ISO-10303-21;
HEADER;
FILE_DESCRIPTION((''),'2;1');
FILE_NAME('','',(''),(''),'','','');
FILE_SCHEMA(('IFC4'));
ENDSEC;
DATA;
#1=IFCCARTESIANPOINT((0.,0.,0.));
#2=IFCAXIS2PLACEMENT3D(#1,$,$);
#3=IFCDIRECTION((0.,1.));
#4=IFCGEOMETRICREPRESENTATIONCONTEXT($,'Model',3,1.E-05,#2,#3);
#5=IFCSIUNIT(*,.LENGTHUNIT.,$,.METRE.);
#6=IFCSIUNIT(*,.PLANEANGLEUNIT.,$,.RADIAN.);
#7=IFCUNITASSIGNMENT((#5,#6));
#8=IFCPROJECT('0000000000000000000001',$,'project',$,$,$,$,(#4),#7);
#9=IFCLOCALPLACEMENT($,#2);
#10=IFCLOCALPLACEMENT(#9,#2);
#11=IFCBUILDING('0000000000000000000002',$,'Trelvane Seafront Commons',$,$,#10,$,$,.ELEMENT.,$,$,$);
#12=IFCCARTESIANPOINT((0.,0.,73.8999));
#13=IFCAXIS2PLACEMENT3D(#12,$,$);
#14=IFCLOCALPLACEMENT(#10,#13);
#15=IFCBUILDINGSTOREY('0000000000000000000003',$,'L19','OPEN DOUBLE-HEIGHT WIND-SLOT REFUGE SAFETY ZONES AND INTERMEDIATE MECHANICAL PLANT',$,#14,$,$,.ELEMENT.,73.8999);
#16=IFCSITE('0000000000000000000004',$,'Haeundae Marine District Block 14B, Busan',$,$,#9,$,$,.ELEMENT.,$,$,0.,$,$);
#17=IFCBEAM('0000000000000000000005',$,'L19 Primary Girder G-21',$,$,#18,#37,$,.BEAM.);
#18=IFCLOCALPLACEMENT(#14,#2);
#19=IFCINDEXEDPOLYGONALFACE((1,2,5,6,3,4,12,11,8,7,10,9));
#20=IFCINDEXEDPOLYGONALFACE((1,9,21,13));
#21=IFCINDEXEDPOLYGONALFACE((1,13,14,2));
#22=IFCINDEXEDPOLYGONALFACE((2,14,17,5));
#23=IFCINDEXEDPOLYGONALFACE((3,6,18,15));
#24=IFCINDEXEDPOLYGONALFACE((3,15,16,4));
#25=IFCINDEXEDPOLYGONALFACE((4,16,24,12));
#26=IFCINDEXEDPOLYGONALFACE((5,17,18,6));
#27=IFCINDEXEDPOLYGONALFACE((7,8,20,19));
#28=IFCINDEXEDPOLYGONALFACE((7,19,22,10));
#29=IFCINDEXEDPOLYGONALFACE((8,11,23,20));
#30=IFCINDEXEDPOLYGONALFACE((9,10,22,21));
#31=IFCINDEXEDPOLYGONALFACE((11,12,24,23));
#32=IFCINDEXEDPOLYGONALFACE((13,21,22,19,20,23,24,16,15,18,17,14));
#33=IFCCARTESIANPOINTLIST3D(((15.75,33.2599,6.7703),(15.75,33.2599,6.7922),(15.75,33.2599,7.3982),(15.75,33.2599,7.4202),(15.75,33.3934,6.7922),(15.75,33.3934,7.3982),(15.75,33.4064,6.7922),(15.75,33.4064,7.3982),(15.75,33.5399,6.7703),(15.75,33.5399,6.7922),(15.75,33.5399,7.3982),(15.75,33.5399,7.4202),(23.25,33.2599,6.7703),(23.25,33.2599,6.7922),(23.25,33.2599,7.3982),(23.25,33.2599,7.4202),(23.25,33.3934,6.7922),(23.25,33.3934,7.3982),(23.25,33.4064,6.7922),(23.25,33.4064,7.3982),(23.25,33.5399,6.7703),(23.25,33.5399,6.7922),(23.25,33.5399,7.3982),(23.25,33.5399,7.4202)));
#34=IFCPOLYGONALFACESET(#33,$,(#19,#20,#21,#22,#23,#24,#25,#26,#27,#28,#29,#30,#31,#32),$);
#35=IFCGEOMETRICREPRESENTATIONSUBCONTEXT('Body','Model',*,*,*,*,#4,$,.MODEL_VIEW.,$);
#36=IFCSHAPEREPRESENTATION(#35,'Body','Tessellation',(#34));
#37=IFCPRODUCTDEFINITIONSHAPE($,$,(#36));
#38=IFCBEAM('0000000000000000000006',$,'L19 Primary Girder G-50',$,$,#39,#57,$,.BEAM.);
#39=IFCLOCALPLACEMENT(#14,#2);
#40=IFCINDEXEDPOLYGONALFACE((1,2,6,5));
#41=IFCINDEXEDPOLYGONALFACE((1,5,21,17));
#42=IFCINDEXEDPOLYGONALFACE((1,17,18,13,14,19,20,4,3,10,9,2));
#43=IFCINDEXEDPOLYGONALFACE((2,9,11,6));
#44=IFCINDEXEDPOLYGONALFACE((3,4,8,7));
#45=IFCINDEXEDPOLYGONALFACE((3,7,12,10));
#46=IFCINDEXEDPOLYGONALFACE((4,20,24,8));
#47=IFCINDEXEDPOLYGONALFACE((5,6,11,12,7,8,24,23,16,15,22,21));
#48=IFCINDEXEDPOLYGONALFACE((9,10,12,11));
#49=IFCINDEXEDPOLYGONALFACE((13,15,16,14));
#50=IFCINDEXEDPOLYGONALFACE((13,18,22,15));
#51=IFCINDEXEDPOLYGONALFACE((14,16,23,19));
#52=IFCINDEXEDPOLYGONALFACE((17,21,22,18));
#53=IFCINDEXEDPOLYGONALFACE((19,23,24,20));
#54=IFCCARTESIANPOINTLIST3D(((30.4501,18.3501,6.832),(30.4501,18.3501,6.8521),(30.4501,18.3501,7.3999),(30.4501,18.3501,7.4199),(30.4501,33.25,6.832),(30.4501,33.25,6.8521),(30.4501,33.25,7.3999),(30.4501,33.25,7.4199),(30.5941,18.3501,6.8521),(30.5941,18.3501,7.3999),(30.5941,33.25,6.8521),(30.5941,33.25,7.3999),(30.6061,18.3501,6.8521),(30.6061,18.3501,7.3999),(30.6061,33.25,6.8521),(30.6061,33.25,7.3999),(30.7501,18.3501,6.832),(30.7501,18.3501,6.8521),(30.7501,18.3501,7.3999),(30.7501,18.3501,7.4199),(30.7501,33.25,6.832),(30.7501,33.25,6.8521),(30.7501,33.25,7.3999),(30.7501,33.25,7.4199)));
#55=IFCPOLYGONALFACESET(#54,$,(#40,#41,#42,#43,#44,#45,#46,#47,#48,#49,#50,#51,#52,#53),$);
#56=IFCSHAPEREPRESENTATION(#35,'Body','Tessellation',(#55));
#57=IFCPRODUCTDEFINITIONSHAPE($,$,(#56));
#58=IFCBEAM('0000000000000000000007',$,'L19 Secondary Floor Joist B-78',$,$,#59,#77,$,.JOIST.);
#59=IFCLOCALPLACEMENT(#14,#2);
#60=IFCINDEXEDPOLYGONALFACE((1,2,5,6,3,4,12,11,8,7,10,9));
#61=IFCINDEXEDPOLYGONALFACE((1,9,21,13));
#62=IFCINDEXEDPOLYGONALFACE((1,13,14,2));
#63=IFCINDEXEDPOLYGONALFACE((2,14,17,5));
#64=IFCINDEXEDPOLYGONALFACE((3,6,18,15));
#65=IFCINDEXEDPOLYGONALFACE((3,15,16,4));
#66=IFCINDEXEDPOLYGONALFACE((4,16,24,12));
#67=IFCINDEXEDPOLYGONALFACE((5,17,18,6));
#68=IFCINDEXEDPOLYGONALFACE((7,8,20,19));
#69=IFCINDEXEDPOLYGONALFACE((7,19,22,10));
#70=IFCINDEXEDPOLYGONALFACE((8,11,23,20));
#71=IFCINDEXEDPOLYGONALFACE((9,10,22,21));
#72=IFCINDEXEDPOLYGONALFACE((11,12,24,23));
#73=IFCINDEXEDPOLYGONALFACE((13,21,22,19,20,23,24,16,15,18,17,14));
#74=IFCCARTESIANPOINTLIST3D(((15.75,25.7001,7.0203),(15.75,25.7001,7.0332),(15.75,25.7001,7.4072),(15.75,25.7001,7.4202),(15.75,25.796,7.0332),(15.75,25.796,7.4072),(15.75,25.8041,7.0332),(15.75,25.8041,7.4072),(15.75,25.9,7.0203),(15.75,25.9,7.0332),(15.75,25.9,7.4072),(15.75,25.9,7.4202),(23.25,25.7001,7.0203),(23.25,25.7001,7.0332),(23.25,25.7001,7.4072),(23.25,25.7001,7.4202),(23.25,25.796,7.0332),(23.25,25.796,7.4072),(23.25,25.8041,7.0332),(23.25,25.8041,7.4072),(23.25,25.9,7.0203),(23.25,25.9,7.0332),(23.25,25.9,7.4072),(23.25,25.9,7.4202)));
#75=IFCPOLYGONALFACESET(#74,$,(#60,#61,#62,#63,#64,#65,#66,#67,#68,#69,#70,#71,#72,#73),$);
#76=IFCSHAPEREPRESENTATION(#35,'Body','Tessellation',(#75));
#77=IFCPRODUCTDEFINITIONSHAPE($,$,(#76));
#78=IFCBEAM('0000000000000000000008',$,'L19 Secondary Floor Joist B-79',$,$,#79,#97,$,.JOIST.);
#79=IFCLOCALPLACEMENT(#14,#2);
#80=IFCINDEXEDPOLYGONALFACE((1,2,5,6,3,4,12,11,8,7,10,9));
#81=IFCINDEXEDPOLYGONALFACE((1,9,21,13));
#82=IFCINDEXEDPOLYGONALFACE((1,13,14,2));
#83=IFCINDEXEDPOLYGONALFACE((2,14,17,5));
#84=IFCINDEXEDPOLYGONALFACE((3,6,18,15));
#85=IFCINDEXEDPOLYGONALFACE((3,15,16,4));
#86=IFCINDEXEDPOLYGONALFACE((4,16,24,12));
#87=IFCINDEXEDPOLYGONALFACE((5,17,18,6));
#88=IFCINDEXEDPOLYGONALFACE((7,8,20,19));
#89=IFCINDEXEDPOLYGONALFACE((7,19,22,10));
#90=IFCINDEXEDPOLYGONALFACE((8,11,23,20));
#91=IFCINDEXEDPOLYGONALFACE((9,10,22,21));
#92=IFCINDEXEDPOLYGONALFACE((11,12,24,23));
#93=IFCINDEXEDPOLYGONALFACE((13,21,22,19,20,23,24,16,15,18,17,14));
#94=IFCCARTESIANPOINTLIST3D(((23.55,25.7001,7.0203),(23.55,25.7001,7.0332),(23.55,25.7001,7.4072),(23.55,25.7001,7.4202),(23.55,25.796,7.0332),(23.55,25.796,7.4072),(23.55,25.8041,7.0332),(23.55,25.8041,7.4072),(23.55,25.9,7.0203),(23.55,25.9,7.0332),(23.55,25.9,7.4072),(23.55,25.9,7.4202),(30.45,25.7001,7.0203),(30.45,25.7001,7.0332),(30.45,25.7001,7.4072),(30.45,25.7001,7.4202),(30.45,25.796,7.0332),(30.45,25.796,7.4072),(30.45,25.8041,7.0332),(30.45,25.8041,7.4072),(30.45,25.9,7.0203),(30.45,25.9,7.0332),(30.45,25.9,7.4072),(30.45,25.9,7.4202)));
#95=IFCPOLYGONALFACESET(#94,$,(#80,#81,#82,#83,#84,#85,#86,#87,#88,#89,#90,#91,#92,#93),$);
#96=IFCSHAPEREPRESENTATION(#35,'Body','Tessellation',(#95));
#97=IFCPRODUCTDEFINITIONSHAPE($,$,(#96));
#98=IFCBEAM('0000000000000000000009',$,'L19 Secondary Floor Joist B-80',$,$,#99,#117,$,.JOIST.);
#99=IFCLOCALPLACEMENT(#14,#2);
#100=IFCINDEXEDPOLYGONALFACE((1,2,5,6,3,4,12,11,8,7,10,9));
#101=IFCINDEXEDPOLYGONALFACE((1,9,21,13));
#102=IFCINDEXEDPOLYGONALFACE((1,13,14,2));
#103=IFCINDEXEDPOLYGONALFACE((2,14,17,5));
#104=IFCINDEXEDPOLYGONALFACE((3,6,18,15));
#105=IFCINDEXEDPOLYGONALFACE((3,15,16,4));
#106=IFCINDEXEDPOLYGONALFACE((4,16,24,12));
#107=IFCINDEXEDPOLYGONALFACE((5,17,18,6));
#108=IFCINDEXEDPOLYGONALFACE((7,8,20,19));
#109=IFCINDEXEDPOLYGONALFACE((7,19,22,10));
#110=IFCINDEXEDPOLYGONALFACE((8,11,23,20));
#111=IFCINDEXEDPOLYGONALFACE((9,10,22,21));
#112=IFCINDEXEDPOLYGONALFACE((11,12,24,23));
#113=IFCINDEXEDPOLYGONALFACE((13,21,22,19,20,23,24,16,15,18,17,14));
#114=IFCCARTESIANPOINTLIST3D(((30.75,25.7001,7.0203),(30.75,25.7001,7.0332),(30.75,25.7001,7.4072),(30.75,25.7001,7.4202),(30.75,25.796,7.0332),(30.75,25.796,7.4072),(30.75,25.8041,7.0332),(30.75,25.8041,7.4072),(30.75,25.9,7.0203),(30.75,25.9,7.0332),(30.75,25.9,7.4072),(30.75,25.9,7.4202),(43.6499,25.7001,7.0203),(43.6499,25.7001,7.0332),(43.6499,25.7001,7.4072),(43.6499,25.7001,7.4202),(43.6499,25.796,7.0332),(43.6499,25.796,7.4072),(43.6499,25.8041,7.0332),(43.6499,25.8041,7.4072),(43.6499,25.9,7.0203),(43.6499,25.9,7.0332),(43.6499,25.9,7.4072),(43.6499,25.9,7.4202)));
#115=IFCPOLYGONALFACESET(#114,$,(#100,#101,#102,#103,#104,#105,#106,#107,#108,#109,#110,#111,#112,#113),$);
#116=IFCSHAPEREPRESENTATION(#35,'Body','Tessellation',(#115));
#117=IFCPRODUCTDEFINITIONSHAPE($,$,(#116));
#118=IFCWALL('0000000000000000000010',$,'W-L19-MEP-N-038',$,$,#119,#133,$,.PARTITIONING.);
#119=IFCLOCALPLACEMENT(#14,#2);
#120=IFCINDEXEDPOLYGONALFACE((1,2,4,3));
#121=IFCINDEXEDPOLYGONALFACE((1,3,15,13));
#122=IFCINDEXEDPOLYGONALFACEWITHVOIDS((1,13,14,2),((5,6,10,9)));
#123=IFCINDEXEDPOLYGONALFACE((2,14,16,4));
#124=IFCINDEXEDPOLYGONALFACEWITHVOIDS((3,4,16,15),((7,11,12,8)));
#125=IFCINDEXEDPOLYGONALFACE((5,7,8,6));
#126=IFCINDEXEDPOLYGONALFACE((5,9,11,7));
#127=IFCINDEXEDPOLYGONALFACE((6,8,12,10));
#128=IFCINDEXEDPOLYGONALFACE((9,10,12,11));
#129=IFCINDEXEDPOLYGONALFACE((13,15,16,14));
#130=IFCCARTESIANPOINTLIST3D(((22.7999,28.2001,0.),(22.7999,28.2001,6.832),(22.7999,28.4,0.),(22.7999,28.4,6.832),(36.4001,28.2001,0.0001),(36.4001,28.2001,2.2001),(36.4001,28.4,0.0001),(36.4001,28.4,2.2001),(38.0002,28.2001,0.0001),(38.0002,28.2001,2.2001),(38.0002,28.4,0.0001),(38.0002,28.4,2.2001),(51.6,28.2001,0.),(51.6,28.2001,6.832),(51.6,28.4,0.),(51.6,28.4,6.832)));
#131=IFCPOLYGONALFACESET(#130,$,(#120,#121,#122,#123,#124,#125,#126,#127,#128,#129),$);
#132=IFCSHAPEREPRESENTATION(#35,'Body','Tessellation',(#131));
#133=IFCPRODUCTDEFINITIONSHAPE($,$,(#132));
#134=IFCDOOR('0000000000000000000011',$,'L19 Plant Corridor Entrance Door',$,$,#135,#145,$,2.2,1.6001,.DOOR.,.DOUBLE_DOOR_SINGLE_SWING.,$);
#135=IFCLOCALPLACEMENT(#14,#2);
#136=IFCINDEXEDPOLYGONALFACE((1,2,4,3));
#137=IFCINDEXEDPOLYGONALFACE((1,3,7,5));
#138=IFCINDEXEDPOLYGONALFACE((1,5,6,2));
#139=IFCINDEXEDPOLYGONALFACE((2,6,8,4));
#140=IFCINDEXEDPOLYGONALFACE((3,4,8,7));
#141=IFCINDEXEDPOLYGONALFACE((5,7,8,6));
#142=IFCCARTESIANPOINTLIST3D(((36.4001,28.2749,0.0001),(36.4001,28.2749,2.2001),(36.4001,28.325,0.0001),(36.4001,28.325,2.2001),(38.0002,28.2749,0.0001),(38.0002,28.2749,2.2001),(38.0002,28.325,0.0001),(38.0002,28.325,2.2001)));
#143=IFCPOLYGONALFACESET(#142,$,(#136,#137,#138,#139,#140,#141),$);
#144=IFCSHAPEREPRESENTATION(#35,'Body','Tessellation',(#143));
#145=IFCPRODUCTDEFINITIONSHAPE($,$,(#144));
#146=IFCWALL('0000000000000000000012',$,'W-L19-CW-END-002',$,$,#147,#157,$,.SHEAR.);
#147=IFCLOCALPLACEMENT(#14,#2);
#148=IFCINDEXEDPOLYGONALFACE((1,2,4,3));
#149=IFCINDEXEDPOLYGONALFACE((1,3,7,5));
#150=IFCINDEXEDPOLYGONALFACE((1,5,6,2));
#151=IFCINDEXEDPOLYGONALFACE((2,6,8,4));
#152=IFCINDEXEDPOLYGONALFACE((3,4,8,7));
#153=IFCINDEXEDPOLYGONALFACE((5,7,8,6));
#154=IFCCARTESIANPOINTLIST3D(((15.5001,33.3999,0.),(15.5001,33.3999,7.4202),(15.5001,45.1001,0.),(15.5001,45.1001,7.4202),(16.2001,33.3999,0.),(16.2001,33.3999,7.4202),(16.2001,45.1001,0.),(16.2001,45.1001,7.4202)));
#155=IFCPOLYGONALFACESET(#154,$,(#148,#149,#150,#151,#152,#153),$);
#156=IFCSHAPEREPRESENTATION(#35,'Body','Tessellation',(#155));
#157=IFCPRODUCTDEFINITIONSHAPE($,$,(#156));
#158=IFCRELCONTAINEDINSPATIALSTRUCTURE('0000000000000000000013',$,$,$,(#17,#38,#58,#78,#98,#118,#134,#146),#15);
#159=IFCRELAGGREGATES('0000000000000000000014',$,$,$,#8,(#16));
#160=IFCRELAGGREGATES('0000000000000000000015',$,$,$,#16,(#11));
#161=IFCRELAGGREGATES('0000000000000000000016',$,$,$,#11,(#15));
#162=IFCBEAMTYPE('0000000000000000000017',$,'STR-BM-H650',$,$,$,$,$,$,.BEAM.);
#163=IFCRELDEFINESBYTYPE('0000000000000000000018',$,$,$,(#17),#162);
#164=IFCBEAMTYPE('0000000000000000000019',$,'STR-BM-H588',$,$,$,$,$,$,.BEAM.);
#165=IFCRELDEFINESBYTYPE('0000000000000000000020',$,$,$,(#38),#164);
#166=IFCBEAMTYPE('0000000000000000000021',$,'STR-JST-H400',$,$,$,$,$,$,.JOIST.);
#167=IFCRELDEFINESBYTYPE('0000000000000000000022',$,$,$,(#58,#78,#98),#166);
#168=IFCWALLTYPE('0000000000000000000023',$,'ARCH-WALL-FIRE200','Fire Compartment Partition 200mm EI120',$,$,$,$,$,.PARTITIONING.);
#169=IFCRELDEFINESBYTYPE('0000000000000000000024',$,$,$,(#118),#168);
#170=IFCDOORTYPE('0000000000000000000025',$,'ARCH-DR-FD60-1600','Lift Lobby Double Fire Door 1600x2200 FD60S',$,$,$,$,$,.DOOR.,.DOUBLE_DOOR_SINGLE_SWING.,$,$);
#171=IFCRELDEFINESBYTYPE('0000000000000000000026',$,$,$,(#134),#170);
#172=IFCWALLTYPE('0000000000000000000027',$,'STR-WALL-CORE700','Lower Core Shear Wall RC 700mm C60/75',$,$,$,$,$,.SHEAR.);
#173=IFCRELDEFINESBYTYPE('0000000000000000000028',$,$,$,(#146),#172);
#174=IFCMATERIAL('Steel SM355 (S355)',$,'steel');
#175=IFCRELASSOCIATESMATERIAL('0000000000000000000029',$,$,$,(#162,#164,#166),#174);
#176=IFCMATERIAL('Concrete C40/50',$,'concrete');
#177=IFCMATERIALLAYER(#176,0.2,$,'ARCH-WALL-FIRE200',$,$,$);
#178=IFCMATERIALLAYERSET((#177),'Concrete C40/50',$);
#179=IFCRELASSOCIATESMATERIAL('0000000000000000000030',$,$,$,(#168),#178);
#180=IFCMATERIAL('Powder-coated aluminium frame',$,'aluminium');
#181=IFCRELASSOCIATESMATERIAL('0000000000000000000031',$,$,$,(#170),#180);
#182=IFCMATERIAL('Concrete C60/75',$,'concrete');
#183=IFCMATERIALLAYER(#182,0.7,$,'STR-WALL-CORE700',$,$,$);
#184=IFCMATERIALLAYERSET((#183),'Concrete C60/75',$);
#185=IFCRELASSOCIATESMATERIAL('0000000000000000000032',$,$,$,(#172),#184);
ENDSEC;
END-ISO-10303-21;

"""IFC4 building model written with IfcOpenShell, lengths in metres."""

from ifc_helpers import new_model, si_unit, direction, frame, frame_2d, origin, origin_2d, place, context, subcontext, project, spatial, rectangle, i_section, extrude, source, transform, mapped, material, layer, layer_set, material_profile, profile_set, type_object, element, fill, save


model = new_model("IFC4")

# Units and contexts
model_context = context("Model", 3, precision=1e-05, world=origin(), true_north=direction((0.0, 1.0)))
body_context = subcontext(model_context, "Body", "Model", "MODEL_VIEW")
ifc_project = project(units=[si_unit("LENGTHUNIT", "METRE"), si_unit("PLANEANGLEUNIT", "RADIAN")], contexts=[model_context])

# Site, building, storey
site_placement = place(None, origin())
site = spatial("IfcSite", under=ifc_project, at=site_placement, Name="Haeundae Marine District Block 14B, Busan", CompositionType="ELEMENT", RefElevation=0.0)
building_placement = place(site_placement, origin())
building = spatial("IfcBuilding", under=site, at=building_placement, Name="Trelvane Seafront Commons", CompositionType="ELEMENT")
storey_placement = place(building_placement, frame((0.0, 0.0, 73.8999)))
storey = spatial("IfcBuildingStorey", under=building, at=storey_placement, Name="L19", Description="OPEN DOUBLE-HEIGHT WIND-SLOT REFUGE SAFETY ZONES AND INTERMEDIATE MECHANICAL PLANT", CompositionType="ELEMENT", Elevation=73.8999)

# Beams
ifc_material_1 = material(Name="Steel SM355 (S355)", Category="steel")
ifc_material_profile_1 = material_profile(ifc_material_1, i_section(OverallWidth=0.28, OverallDepth=0.6499, WebThickness=0.0129, FlangeThickness=0.022, at=origin_2d()), Name="H-650x280x13x22")
ifc_profile_set_1 = profile_set([ifc_material_profile_1], Name="Steel SM355 (S355)")
beam_type_1 = type_object("IfcBeamType", Name="STR-BM-H650", PredefinedType="BEAM", material=ifc_profile_set_1)
shared_shape_1 = source(origin(), body_context, "Body", "SweptSolid", [
    extrude(i_section(OverallWidth=0.28, OverallDepth=0.6499, WebThickness=0.0129, FlangeThickness=0.022, at=origin_2d()), origin(), (0.0, 0.0, 1.0), 7.5),
])
beam_1_placement = place(storey_placement, frame((15.75, 33.3999, 7.0952), z_axis=(1.0, 0.0, 0.0), x_axis=(0.0, 1.0, 0.0)))
element("IfcBeam", 1, at=beam_1_placement, inside=storey, type_object=beam_type_1, Name="L19 Primary Girder G-21", PredefinedType="BEAM", context=body_context, shape_type="MappedRepresentation", body=[
    mapped(shared_shape_1, transform((0.0, 0.0, 0.0), x_axis=(1.0, 0.0, 0.0), y_axis=(0.0, 1.0, 0.0), z_axis=(0.0, 0.0, 1.0), scale=1.0)),
])
ifc_material_profile_2 = material_profile(ifc_material_1, i_section(OverallWidth=0.3, OverallDepth=0.5879, WebThickness=0.012, FlangeThickness=0.02, at=origin_2d()), Name="H-588x300x12x20")
ifc_profile_set_2 = profile_set([ifc_material_profile_2], Name="Steel SM355 (S355)")
beam_type_2 = type_object("IfcBeamType", Name="STR-BM-H588", PredefinedType="BEAM", material=ifc_profile_set_2)
shared_shape_2 = source(origin(), body_context, "Body", "SweptSolid", [
    extrude(i_section(OverallWidth=0.3, OverallDepth=0.5879, WebThickness=0.012, FlangeThickness=0.02, at=origin_2d()), origin(), (0.0, 0.0, 1.0), 14.8999),
])
beam_2_placement = place(storey_placement, frame((30.6001, 18.3501, 7.126), z_axis=(0.0, 1.0, 0.0), x_axis=(-1.0, 0.0, 0.0)))
element("IfcBeam", 2, at=beam_2_placement, inside=storey, type_object=beam_type_2, Name="L19 Primary Girder G-50", PredefinedType="BEAM", context=body_context, shape_type="MappedRepresentation", body=[
    mapped(shared_shape_2, transform((0.0, 0.0, 0.0), x_axis=(1.0, 0.0, 0.0), y_axis=(0.0, 1.0, 0.0), z_axis=(0.0, 0.0, 1.0), scale=1.0)),
])
ifc_material_profile_3 = material_profile(ifc_material_1, i_section(OverallWidth=0.2, OverallDepth=0.3999, WebThickness=0.0081, FlangeThickness=0.0129, at=origin_2d()), Name="H-400x200x8x13")
ifc_profile_set_3 = profile_set([ifc_material_profile_3], Name="Steel SM355 (S355)")
beam_type_3 = type_object("IfcBeamType", Name="STR-JST-H400", PredefinedType="JOIST", material=ifc_profile_set_3)
shared_shape_3 = source(origin(), body_context, "Body", "SweptSolid", [
    extrude(i_section(OverallWidth=0.2, OverallDepth=0.3999, WebThickness=0.0081, FlangeThickness=0.0129, at=origin_2d()), origin(), (0.0, 0.0, 1.0), 7.5),
])
beam_3_placement = place(storey_placement, frame((15.75, 25.8, 7.2202), z_axis=(1.0, 0.0, 0.0), x_axis=(0.0, 1.0, 0.0)))
element("IfcBeam", 3, at=beam_3_placement, inside=storey, type_object=beam_type_3, Name="L19 Secondary Floor Joist B-78", PredefinedType="JOIST", context=body_context, shape_type="MappedRepresentation", body=[
    mapped(shared_shape_3, transform((0.0, 0.0, 0.0), x_axis=(1.0, 0.0, 0.0), y_axis=(0.0, 1.0, 0.0), z_axis=(0.0, 0.0, 1.0), scale=1.0)),
])
shared_shape_4 = source(origin(), body_context, "Body", "SweptSolid", [
    extrude(i_section(OverallWidth=0.2, OverallDepth=0.3999, WebThickness=0.0081, FlangeThickness=0.0129, at=origin_2d()), origin(), (0.0, 0.0, 1.0), 6.8999),
])
beam_4_placement = place(storey_placement, frame((23.55, 25.8, 7.2202), z_axis=(1.0, 0.0, 0.0), x_axis=(0.0, 1.0, 0.0)))
element("IfcBeam", 4, at=beam_4_placement, inside=storey, type_object=beam_type_3, Name="L19 Secondary Floor Joist B-79", PredefinedType="JOIST", context=body_context, shape_type="MappedRepresentation", body=[
    mapped(shared_shape_4, transform((0.0, 0.0, 0.0), x_axis=(1.0, 0.0, 0.0), y_axis=(0.0, 1.0, 0.0), z_axis=(0.0, 0.0, 1.0), scale=1.0)),
])
shared_shape_5 = source(origin(), body_context, "Body", "SweptSolid", [
    extrude(i_section(OverallWidth=0.2, OverallDepth=0.3999, WebThickness=0.0081, FlangeThickness=0.0129, at=origin_2d()), origin(), (0.0, 0.0, 1.0), 12.8999),
])
beam_5_placement = place(storey_placement, frame((30.75, 25.8, 7.2202), z_axis=(1.0, 0.0, 0.0), x_axis=(0.0, 1.0, 0.0)))
element("IfcBeam", 5, at=beam_5_placement, inside=storey, type_object=beam_type_3, Name="L19 Secondary Floor Joist B-80", PredefinedType="JOIST", context=body_context, shape_type="MappedRepresentation", body=[
    mapped(shared_shape_5, transform((0.0, 0.0, 0.0), x_axis=(1.0, 0.0, 0.0), y_axis=(0.0, 1.0, 0.0), z_axis=(0.0, 0.0, 1.0), scale=1.0)),
])

# Wall, opening, door
ifc_material_2 = material(Name="Concrete C40/50", Category="concrete")
ifc_layer_1 = layer(ifc_material_2, 0.2, Name="ARCH-WALL-FIRE200")
ifc_layer_set_1 = layer_set([ifc_layer_1], Name="Concrete C40/50")
wall_type_1 = type_object("IfcWallType", Name="ARCH-WALL-FIRE200", Description="Fire Compartment Partition 200mm EI120", PredefinedType="PARTITIONING", material=ifc_layer_set_1)
wall_1_placement = place(storey_placement, frame((22.8, 28.3, 0.0), z_axis=(0.0, 0.0, 1.0), x_axis=(1.0, 0.0, 0.0)))
wall_1 = element("IfcWall", 6, at=wall_1_placement, inside=storey, type_object=wall_type_1, Name="W-L19-MEP-N-038", PredefinedType="PARTITIONING", context=body_context, shape_type="SweptSolid", body=[
    extrude(rectangle(XDim=28.8, YDim=0.2, at=frame_2d((14.3999, 0.0))), origin(), (0.0, 0.0, 1.0), 6.832),
])
opening_1_placement = place(wall_1_placement, frame((13.6001, 0.0, 0.0)))
opening_1 = element("IfcOpeningElement", 7, at=opening_1_placement, cuts=wall_1, PredefinedType="OPENING", context=body_context, shape_type="SweptSolid", body=[
    extrude(rectangle(XDim=1.6001, YDim=2.2, at=frame_2d((0.8, 1.1001))), frame((0.0, 0.1099, 0.0), z_axis=(0.0, -1.0, 0.0), x_axis=(1.0, 0.0, 0.0)), (0.0, 0.0, 1.0), 0.22),
])
ifc_material_3 = material(Name="Powder-coated aluminium frame", Category="aluminium")
door_type_1 = type_object("IfcDoorType", Name="ARCH-DR-FD60-1600", Description="Lift Lobby Double Fire Door 1600x2200 FD60S", OperationType="DOUBLE_DOOR_SINGLE_SWING", PredefinedType="DOOR", material=ifc_material_3)
shared_shape_6 = source(origin(), body_context, "Body", "SweptSolid", [
    extrude(rectangle(XDim=1.6001, YDim=2.2, at=frame_2d((0.8, 1.1001))), frame((0.0, 0.0249, 0.0), z_axis=(0.0, -1.0, 0.0), x_axis=(1.0, 0.0, 0.0)), (0.0, 0.0, 1.0), 0.05),
])
door_1_placement = place(opening_1_placement, origin())
door_1 = element("IfcDoor", 8, at=door_1_placement, inside=storey, type_object=door_type_1, Name="L19 Plant Corridor Entrance Door", OperationType="DOUBLE_DOOR_SINGLE_SWING", OverallHeight=2.2, OverallWidth=1.6001, PredefinedType="DOOR", context=body_context, shape_type="MappedRepresentation", body=[
    mapped(shared_shape_6, transform((0.0, 0.0, 0.0), x_axis=(1.0, 0.0, 0.0), y_axis=(0.0, 1.0, 0.0), z_axis=(0.0, 0.0, 1.0), scale=1.0)),
])
fill(opening_1, door_1)

# Wall
ifc_material_4 = material(Name="Concrete C60/75", Category="concrete")
ifc_layer_2 = layer(ifc_material_4, 0.7, Name="STR-WALL-CORE700")
ifc_layer_set_2 = layer_set([ifc_layer_2], Name="Concrete C60/75")
wall_type_2 = type_object("IfcWallType", Name="STR-WALL-CORE700", Description="Lower Core Shear Wall RC 700mm C60/75", PredefinedType="SHEAR", material=ifc_layer_set_2)
wall_2_placement = place(storey_placement, frame((15.8501, 33.3999, 0.0), z_axis=(0.0, 0.0, 1.0), x_axis=(0.0, 1.0, 0.0)))
element("IfcWall", 9, at=wall_2_placement, inside=storey, type_object=wall_type_2, Name="W-L19-CW-END-002", PredefinedType="SHEAR", context=body_context, shape_type="SweptSolid", body=[
    extrude(rectangle(XDim=11.7002, YDim=0.7, at=frame_2d((5.8501, 0.0))), origin(), (0.0, 0.0, 1.0), 7.4202),
])

save(model, "model.ifc")
